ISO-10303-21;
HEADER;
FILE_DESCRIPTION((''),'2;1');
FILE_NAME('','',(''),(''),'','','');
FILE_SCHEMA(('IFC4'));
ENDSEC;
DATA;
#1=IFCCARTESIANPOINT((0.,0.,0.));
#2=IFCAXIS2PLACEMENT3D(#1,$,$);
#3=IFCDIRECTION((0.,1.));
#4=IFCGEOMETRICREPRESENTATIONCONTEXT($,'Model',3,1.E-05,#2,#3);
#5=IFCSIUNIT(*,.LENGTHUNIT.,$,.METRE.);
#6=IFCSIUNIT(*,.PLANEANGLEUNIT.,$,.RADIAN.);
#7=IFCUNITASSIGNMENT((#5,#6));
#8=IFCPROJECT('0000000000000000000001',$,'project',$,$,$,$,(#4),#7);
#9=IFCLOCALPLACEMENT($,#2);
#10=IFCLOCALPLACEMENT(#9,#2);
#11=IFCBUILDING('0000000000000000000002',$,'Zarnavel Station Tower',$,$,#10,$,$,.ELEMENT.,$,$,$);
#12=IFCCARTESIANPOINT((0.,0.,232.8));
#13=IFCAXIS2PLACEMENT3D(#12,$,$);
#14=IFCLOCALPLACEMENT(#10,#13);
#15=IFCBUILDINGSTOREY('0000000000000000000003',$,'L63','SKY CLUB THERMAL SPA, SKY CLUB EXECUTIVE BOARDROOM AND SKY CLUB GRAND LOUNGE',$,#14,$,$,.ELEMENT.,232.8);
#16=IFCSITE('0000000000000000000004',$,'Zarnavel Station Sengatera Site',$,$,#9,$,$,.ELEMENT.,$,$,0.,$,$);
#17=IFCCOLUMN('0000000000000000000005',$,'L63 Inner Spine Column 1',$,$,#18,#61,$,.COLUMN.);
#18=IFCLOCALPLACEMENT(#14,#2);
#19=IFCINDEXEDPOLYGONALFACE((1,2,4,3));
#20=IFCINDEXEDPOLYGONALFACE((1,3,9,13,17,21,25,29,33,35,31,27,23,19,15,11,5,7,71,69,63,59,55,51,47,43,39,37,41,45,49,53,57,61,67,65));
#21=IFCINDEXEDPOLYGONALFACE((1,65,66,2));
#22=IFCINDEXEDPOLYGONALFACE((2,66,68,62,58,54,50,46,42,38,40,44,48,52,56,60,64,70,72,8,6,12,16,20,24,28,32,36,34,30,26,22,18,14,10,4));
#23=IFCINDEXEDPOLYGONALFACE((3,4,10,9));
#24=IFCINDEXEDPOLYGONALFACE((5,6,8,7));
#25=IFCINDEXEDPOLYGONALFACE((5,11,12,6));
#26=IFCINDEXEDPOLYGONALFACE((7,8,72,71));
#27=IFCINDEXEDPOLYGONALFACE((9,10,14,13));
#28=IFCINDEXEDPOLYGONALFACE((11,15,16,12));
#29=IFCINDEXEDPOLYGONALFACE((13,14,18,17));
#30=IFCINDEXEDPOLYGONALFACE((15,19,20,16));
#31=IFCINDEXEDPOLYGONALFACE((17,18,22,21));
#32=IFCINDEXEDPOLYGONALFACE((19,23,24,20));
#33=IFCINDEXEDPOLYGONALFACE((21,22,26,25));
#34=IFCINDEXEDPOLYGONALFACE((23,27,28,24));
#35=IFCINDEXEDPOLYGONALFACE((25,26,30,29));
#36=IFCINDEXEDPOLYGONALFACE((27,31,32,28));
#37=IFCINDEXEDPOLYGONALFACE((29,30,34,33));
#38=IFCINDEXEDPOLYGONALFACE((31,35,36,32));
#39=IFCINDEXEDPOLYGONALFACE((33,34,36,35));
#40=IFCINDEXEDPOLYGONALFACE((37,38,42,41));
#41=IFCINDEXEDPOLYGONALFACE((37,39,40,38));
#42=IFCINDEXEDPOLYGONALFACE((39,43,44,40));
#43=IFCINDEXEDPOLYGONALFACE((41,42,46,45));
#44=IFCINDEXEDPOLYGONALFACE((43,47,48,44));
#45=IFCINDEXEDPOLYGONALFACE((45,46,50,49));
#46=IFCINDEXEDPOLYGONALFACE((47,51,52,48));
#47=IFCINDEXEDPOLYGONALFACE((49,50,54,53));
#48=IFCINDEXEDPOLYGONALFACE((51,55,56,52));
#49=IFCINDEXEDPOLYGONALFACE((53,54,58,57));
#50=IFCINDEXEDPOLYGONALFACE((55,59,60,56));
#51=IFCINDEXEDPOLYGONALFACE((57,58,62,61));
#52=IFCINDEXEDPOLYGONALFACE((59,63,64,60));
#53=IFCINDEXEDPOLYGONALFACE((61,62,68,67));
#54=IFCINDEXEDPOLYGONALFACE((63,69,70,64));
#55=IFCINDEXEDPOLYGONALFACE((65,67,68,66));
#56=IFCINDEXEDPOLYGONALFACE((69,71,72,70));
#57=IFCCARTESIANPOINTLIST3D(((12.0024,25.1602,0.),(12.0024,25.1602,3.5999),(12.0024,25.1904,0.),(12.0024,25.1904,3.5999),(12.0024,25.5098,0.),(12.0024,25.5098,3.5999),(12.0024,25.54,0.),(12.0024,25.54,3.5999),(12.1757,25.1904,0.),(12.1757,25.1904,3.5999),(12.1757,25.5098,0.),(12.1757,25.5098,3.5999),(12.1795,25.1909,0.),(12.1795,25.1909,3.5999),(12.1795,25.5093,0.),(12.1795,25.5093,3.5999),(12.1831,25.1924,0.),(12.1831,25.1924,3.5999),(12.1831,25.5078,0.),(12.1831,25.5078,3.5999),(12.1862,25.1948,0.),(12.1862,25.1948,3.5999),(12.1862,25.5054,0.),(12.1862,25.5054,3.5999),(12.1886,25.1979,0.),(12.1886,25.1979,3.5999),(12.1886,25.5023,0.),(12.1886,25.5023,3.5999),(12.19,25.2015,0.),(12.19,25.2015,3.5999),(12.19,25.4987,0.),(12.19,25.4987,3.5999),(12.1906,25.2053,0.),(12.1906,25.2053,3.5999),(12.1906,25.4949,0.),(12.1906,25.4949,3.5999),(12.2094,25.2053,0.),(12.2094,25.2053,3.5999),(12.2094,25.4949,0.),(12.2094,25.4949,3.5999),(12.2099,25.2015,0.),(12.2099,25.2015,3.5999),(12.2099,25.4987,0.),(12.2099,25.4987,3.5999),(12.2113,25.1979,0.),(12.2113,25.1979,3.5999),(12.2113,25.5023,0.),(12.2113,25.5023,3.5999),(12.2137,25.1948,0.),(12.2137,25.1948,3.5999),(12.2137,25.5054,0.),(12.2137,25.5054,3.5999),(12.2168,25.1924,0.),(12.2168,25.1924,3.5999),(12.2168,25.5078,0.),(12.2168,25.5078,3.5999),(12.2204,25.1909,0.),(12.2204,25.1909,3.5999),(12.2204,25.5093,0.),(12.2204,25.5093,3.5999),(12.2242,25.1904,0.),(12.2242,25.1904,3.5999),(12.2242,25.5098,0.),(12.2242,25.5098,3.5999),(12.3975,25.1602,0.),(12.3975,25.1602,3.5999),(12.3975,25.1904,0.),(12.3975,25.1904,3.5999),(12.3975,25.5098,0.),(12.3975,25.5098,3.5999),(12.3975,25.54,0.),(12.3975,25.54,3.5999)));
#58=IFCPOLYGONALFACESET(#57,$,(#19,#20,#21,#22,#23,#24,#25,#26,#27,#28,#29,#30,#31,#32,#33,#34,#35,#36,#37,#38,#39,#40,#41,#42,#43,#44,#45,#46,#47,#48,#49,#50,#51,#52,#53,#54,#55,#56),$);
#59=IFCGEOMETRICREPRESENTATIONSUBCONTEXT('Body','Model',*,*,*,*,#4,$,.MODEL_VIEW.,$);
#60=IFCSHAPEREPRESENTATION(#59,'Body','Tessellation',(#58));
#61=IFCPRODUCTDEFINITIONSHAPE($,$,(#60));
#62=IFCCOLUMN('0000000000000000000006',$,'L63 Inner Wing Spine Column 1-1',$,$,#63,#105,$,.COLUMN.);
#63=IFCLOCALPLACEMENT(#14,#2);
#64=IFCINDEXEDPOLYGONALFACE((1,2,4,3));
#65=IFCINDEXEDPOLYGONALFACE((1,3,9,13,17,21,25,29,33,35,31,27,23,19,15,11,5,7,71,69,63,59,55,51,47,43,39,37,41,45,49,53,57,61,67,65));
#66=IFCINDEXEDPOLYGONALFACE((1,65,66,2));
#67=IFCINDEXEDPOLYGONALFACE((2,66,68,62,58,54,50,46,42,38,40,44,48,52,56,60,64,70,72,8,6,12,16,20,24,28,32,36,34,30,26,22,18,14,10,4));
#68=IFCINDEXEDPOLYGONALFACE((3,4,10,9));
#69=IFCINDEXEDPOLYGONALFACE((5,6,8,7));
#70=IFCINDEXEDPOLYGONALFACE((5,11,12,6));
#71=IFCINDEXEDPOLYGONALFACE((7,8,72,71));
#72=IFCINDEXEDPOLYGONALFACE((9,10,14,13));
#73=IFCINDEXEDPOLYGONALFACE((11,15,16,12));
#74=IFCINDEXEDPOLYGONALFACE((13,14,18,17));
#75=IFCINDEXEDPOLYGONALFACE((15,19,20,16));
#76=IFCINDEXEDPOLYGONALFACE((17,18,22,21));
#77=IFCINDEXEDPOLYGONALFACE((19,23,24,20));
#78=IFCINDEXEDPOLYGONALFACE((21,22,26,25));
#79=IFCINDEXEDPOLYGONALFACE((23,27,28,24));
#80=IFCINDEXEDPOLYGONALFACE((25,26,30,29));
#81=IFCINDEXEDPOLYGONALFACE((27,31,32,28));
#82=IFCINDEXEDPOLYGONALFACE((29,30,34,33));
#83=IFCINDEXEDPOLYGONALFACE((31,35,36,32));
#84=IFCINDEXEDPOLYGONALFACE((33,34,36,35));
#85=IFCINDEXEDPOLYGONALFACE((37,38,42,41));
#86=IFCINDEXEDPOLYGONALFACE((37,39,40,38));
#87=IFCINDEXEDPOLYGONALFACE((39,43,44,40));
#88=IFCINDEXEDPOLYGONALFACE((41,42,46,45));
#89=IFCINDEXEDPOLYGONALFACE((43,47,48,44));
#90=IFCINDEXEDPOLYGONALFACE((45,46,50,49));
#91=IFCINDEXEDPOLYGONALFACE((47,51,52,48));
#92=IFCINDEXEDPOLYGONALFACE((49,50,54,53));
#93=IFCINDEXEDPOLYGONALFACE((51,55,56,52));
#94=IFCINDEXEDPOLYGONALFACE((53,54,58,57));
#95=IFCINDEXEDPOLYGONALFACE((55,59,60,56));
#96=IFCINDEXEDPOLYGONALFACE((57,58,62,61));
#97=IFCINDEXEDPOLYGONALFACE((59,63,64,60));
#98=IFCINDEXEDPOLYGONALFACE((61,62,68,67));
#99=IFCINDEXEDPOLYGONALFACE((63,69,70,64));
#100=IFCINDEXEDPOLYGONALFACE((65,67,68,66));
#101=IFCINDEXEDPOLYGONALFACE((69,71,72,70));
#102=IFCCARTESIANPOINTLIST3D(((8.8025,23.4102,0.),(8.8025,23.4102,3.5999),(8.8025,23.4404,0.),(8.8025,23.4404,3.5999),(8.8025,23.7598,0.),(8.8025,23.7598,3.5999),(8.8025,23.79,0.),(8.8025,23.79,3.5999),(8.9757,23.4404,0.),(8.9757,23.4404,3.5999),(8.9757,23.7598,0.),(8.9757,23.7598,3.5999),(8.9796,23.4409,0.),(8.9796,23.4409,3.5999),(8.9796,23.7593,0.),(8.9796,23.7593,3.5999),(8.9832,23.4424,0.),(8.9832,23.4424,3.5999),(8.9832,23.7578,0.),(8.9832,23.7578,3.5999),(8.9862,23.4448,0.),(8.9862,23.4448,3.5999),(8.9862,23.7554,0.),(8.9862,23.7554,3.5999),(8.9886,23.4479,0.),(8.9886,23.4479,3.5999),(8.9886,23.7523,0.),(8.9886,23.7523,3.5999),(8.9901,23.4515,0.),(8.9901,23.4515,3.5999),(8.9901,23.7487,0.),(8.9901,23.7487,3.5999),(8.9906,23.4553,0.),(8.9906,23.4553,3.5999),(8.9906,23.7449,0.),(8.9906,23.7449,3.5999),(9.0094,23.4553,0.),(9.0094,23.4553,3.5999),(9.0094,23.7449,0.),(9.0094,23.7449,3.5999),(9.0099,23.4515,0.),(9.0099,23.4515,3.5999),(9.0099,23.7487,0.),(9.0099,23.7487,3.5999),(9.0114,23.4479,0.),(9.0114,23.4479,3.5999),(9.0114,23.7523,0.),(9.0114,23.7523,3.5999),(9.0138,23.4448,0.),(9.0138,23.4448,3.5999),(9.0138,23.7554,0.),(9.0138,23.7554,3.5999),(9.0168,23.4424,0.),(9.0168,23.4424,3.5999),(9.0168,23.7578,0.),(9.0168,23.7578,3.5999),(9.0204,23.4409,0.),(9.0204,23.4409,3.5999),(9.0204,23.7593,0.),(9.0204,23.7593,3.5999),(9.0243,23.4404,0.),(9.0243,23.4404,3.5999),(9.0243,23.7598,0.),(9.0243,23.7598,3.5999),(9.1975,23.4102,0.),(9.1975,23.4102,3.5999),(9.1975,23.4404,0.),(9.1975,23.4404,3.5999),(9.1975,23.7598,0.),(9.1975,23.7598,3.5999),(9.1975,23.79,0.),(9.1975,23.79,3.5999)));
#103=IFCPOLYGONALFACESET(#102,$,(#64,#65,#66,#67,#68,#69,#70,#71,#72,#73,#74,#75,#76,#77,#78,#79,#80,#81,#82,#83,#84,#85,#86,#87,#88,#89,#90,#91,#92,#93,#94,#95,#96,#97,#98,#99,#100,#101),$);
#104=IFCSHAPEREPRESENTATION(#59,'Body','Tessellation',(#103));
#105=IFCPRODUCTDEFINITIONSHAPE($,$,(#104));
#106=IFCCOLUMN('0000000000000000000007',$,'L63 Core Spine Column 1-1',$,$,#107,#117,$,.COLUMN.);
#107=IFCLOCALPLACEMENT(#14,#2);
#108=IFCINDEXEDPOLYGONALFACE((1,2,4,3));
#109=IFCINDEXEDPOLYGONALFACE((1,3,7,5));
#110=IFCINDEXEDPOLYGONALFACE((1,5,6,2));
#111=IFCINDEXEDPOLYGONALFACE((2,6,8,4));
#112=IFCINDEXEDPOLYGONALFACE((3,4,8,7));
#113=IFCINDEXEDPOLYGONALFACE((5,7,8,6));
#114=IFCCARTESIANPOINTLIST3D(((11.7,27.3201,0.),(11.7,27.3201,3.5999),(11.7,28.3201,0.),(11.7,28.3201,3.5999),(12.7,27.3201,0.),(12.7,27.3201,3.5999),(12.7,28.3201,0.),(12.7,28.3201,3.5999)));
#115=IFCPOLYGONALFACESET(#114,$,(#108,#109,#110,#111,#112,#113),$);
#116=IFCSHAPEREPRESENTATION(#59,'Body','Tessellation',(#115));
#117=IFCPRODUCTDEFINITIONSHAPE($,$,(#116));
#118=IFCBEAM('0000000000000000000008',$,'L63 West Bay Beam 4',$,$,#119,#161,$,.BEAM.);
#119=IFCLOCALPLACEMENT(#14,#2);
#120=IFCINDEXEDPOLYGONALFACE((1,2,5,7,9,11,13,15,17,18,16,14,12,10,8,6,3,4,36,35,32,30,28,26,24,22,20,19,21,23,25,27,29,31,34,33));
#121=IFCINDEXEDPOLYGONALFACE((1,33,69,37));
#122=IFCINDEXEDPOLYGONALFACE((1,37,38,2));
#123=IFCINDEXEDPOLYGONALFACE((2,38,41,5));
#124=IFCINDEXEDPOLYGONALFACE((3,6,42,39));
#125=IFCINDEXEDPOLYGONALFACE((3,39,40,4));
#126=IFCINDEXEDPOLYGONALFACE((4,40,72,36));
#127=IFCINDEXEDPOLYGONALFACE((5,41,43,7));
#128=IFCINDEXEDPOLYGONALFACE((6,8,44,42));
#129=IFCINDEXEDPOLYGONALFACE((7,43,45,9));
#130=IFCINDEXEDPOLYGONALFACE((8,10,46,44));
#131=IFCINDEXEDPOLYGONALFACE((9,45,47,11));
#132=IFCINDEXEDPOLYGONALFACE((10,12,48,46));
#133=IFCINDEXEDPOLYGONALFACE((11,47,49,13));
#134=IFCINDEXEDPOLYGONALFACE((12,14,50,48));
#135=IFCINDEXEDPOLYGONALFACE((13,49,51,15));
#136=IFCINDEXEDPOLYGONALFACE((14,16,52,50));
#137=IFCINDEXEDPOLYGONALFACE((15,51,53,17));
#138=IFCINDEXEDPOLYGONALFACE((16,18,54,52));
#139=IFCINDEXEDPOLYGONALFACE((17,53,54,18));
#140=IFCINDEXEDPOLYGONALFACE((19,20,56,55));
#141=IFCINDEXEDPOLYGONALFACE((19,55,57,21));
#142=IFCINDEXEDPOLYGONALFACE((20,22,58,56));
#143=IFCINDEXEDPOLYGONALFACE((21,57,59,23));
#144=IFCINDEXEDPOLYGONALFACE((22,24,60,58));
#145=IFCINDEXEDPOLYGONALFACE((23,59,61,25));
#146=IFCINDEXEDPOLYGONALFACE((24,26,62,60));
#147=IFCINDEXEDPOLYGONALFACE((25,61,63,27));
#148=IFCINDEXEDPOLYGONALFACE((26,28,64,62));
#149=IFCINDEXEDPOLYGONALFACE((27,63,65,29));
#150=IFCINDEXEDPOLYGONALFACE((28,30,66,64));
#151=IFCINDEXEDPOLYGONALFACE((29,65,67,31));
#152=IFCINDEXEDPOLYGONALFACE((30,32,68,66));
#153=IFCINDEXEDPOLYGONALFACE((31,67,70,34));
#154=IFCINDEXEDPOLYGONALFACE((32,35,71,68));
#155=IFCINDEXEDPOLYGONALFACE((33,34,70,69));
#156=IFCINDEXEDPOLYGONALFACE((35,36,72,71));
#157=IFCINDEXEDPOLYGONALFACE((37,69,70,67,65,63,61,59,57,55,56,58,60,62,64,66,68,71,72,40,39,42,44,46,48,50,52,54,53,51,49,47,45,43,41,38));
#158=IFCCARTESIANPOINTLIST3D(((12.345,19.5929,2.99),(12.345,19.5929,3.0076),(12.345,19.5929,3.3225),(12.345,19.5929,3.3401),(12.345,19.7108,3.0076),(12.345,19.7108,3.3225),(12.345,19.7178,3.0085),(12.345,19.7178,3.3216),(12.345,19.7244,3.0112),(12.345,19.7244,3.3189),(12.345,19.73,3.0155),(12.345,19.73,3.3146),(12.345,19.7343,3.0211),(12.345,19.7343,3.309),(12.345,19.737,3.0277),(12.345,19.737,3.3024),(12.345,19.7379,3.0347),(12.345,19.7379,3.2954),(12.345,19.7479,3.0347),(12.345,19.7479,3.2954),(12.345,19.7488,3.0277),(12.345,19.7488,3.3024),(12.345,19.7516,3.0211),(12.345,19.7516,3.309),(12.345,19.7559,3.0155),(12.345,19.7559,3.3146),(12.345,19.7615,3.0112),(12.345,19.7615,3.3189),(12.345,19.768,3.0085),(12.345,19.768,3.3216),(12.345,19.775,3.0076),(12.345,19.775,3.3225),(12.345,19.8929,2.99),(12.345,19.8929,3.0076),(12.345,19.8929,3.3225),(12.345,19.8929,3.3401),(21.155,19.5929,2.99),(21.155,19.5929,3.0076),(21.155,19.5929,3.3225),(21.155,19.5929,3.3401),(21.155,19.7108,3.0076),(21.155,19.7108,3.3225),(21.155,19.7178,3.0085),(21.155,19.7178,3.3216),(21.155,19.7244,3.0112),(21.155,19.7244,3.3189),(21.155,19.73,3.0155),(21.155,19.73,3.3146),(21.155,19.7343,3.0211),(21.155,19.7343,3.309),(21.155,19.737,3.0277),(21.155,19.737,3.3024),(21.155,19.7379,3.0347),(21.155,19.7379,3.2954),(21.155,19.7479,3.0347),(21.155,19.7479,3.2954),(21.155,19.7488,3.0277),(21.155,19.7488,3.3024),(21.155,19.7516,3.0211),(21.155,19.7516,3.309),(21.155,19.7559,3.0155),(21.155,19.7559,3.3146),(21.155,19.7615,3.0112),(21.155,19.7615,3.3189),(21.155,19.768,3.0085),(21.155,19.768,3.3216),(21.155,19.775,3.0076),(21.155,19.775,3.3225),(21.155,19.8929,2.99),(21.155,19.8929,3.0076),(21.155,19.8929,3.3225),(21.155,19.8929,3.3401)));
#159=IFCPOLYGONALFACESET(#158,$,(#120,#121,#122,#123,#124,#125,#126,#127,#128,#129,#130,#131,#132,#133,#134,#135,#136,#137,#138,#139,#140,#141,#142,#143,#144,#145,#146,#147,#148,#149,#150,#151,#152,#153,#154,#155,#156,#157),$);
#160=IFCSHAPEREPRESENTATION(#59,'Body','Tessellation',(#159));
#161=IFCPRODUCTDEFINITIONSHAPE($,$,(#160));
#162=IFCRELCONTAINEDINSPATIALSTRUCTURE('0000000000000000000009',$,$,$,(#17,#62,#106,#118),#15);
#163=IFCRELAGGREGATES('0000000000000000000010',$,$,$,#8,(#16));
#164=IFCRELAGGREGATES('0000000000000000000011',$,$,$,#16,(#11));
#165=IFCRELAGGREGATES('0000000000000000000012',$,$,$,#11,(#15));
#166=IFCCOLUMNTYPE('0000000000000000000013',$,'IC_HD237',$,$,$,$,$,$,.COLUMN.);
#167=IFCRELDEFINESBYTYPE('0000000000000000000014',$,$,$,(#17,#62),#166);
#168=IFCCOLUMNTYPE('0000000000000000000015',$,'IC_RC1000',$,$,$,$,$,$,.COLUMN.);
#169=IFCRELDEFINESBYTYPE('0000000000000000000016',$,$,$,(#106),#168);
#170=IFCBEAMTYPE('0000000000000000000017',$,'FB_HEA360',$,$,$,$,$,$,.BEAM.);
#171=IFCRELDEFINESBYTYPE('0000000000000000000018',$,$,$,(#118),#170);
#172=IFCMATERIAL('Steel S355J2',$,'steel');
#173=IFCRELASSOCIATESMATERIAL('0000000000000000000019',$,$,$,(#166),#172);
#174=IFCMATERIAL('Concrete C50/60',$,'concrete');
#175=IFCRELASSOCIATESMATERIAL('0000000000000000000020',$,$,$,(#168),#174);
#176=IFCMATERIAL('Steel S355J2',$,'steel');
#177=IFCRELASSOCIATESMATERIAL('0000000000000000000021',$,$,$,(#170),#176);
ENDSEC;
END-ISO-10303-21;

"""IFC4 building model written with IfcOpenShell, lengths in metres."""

from ifc_helpers import new_model, si_unit, direction, frame, origin, origin_2d, place, context, subcontext, project, spatial, rectangle, i_section, extrude, material, material_profile, profile_set, type_object, element, save


model = new_model("IFC4")

# Units and contexts
model_context = context("Model", 3, precision=1e-05, world=origin(), true_north=direction((0.0, 1.0)))
body_context = subcontext(model_context, "Body", "Model", "MODEL_VIEW")
ifc_project = project(units=[si_unit("LENGTHUNIT", "METRE"), si_unit("PLANEANGLEUNIT", "RADIAN")], contexts=[model_context])

# Site, building, storey
site_placement = place(None, origin())
site = spatial("IfcSite", under=ifc_project, at=site_placement, Name="Zarnavel Station Sengatera Site", CompositionType="ELEMENT", RefElevation=0.0)
building_placement = place(site_placement, origin())
building = spatial("IfcBuilding", under=site, at=building_placement, Name="Zarnavel Station Tower", CompositionType="ELEMENT")
storey_placement = place(building_placement, frame((0.0, 0.0, 232.8)))
storey = spatial("IfcBuildingStorey", under=building, at=storey_placement, Name="L63", Description="SKY CLUB THERMAL SPA, SKY CLUB EXECUTIVE BOARDROOM AND SKY CLUB GRAND LOUNGE", CompositionType="ELEMENT", Elevation=232.8)

# Columns
ifc_material_1 = material(Name="Steel S355J2", Category="steel")
ifc_material_profile_1 = material_profile(ifc_material_1, i_section(OverallWidth=0.395, OverallDepth=0.3799, WebThickness=0.0188, FlangeThickness=0.0303, FilletRadius=0.0149, at=origin_2d()), Name="HD400x237")
ifc_profile_set_1 = profile_set([ifc_material_profile_1], Name="Steel S355J2")
column_type_1 = type_object("IfcColumnType", Name="IC_HD237", PredefinedType="COLUMN", material=ifc_profile_set_1)
for number, where, z_axis, x_axis, name in (
    (1, (12.2, 25.3501, 0.0), (0.0, 0.0, 1.0), (1.0, 0.0, 0.0), "L63 Inner Spine Column 1"),
    (2, (9.0, 23.6001, 0.0), (0.0, 0.0, 1.0), (1.0, 0.0, 0.0), "L63 Inner Wing Spine Column 1-1"),
):
    element("IfcColumn", number, at=place(storey_placement, frame(where, z_axis=z_axis, x_axis=x_axis)), inside=storey, type_object=column_type_1, Name=name, PredefinedType="COLUMN", context=body_context, shape_type="SweptSolid", body=[
        extrude(i_section(OverallWidth=0.395, OverallDepth=0.3799, WebThickness=0.0188, FlangeThickness=0.0303, FilletRadius=0.0149, at=origin_2d()), origin(), (0.0, 0.0, 1.0), 3.5999),
    ])
ifc_material_2 = material(Name="Concrete C50/60", Category="concrete")
ifc_material_profile_2 = material_profile(ifc_material_2, rectangle(XDim=1.0, YDim=1.0, at=origin_2d()), Name="RC1000x1000")
ifc_profile_set_2 = profile_set([ifc_material_profile_2], Name="Concrete C50/60")
column_type_2 = type_object("IfcColumnType", Name="IC_RC1000", PredefinedType="COLUMN", material=ifc_profile_set_2)
column_placement = place(storey_placement, frame((12.2, 27.8201, 0.0), z_axis=(0.0, 0.0, 1.0), x_axis=(1.0, 0.0, 0.0)))
element("IfcColumn", 3, at=column_placement, inside=storey, type_object=column_type_2, Name="L63 Core Spine Column 1-1", PredefinedType="COLUMN", context=body_context, shape_type="SweptSolid", body=[
    extrude(rectangle(XDim=1.0, YDim=1.0, at=origin_2d()), origin(), (0.0, 0.0, 1.0), 3.5999),
])

# Beam
ifc_material_3 = material(Name="Steel S355J2", Category="steel")
ifc_material_profile_3 = material_profile(ifc_material_3, i_section(OverallWidth=0.3, OverallDepth=0.3501, WebThickness=0.01, FlangeThickness=0.0176, FilletRadius=0.0271, at=origin_2d()), Name="HEA360")
ifc_profile_set_3 = profile_set([ifc_material_profile_3], Name="Steel S355J2")
beam_type_1 = type_object("IfcBeamType", Name="FB_HEA360", PredefinedType="BEAM", material=ifc_profile_set_3)
beam_1_placement = place(storey_placement, frame((12.345, 19.7429, 3.165), z_axis=(1.0, 0.0, 0.0), x_axis=(0.0, 1.0, 0.0)))
element("IfcBeam", 4, at=beam_1_placement, inside=storey, type_object=beam_type_1, Name="L63 West Bay Beam 4", PredefinedType="BEAM", context=body_context, shape_type="SweptSolid", body=[
    extrude(i_section(OverallWidth=0.3, OverallDepth=0.3501, WebThickness=0.01, FlangeThickness=0.0176, FilletRadius=0.0271, at=origin_2d()), origin(), (0.0, 0.0, 1.0), 8.8101),
])

save(model, "model.ifc")
